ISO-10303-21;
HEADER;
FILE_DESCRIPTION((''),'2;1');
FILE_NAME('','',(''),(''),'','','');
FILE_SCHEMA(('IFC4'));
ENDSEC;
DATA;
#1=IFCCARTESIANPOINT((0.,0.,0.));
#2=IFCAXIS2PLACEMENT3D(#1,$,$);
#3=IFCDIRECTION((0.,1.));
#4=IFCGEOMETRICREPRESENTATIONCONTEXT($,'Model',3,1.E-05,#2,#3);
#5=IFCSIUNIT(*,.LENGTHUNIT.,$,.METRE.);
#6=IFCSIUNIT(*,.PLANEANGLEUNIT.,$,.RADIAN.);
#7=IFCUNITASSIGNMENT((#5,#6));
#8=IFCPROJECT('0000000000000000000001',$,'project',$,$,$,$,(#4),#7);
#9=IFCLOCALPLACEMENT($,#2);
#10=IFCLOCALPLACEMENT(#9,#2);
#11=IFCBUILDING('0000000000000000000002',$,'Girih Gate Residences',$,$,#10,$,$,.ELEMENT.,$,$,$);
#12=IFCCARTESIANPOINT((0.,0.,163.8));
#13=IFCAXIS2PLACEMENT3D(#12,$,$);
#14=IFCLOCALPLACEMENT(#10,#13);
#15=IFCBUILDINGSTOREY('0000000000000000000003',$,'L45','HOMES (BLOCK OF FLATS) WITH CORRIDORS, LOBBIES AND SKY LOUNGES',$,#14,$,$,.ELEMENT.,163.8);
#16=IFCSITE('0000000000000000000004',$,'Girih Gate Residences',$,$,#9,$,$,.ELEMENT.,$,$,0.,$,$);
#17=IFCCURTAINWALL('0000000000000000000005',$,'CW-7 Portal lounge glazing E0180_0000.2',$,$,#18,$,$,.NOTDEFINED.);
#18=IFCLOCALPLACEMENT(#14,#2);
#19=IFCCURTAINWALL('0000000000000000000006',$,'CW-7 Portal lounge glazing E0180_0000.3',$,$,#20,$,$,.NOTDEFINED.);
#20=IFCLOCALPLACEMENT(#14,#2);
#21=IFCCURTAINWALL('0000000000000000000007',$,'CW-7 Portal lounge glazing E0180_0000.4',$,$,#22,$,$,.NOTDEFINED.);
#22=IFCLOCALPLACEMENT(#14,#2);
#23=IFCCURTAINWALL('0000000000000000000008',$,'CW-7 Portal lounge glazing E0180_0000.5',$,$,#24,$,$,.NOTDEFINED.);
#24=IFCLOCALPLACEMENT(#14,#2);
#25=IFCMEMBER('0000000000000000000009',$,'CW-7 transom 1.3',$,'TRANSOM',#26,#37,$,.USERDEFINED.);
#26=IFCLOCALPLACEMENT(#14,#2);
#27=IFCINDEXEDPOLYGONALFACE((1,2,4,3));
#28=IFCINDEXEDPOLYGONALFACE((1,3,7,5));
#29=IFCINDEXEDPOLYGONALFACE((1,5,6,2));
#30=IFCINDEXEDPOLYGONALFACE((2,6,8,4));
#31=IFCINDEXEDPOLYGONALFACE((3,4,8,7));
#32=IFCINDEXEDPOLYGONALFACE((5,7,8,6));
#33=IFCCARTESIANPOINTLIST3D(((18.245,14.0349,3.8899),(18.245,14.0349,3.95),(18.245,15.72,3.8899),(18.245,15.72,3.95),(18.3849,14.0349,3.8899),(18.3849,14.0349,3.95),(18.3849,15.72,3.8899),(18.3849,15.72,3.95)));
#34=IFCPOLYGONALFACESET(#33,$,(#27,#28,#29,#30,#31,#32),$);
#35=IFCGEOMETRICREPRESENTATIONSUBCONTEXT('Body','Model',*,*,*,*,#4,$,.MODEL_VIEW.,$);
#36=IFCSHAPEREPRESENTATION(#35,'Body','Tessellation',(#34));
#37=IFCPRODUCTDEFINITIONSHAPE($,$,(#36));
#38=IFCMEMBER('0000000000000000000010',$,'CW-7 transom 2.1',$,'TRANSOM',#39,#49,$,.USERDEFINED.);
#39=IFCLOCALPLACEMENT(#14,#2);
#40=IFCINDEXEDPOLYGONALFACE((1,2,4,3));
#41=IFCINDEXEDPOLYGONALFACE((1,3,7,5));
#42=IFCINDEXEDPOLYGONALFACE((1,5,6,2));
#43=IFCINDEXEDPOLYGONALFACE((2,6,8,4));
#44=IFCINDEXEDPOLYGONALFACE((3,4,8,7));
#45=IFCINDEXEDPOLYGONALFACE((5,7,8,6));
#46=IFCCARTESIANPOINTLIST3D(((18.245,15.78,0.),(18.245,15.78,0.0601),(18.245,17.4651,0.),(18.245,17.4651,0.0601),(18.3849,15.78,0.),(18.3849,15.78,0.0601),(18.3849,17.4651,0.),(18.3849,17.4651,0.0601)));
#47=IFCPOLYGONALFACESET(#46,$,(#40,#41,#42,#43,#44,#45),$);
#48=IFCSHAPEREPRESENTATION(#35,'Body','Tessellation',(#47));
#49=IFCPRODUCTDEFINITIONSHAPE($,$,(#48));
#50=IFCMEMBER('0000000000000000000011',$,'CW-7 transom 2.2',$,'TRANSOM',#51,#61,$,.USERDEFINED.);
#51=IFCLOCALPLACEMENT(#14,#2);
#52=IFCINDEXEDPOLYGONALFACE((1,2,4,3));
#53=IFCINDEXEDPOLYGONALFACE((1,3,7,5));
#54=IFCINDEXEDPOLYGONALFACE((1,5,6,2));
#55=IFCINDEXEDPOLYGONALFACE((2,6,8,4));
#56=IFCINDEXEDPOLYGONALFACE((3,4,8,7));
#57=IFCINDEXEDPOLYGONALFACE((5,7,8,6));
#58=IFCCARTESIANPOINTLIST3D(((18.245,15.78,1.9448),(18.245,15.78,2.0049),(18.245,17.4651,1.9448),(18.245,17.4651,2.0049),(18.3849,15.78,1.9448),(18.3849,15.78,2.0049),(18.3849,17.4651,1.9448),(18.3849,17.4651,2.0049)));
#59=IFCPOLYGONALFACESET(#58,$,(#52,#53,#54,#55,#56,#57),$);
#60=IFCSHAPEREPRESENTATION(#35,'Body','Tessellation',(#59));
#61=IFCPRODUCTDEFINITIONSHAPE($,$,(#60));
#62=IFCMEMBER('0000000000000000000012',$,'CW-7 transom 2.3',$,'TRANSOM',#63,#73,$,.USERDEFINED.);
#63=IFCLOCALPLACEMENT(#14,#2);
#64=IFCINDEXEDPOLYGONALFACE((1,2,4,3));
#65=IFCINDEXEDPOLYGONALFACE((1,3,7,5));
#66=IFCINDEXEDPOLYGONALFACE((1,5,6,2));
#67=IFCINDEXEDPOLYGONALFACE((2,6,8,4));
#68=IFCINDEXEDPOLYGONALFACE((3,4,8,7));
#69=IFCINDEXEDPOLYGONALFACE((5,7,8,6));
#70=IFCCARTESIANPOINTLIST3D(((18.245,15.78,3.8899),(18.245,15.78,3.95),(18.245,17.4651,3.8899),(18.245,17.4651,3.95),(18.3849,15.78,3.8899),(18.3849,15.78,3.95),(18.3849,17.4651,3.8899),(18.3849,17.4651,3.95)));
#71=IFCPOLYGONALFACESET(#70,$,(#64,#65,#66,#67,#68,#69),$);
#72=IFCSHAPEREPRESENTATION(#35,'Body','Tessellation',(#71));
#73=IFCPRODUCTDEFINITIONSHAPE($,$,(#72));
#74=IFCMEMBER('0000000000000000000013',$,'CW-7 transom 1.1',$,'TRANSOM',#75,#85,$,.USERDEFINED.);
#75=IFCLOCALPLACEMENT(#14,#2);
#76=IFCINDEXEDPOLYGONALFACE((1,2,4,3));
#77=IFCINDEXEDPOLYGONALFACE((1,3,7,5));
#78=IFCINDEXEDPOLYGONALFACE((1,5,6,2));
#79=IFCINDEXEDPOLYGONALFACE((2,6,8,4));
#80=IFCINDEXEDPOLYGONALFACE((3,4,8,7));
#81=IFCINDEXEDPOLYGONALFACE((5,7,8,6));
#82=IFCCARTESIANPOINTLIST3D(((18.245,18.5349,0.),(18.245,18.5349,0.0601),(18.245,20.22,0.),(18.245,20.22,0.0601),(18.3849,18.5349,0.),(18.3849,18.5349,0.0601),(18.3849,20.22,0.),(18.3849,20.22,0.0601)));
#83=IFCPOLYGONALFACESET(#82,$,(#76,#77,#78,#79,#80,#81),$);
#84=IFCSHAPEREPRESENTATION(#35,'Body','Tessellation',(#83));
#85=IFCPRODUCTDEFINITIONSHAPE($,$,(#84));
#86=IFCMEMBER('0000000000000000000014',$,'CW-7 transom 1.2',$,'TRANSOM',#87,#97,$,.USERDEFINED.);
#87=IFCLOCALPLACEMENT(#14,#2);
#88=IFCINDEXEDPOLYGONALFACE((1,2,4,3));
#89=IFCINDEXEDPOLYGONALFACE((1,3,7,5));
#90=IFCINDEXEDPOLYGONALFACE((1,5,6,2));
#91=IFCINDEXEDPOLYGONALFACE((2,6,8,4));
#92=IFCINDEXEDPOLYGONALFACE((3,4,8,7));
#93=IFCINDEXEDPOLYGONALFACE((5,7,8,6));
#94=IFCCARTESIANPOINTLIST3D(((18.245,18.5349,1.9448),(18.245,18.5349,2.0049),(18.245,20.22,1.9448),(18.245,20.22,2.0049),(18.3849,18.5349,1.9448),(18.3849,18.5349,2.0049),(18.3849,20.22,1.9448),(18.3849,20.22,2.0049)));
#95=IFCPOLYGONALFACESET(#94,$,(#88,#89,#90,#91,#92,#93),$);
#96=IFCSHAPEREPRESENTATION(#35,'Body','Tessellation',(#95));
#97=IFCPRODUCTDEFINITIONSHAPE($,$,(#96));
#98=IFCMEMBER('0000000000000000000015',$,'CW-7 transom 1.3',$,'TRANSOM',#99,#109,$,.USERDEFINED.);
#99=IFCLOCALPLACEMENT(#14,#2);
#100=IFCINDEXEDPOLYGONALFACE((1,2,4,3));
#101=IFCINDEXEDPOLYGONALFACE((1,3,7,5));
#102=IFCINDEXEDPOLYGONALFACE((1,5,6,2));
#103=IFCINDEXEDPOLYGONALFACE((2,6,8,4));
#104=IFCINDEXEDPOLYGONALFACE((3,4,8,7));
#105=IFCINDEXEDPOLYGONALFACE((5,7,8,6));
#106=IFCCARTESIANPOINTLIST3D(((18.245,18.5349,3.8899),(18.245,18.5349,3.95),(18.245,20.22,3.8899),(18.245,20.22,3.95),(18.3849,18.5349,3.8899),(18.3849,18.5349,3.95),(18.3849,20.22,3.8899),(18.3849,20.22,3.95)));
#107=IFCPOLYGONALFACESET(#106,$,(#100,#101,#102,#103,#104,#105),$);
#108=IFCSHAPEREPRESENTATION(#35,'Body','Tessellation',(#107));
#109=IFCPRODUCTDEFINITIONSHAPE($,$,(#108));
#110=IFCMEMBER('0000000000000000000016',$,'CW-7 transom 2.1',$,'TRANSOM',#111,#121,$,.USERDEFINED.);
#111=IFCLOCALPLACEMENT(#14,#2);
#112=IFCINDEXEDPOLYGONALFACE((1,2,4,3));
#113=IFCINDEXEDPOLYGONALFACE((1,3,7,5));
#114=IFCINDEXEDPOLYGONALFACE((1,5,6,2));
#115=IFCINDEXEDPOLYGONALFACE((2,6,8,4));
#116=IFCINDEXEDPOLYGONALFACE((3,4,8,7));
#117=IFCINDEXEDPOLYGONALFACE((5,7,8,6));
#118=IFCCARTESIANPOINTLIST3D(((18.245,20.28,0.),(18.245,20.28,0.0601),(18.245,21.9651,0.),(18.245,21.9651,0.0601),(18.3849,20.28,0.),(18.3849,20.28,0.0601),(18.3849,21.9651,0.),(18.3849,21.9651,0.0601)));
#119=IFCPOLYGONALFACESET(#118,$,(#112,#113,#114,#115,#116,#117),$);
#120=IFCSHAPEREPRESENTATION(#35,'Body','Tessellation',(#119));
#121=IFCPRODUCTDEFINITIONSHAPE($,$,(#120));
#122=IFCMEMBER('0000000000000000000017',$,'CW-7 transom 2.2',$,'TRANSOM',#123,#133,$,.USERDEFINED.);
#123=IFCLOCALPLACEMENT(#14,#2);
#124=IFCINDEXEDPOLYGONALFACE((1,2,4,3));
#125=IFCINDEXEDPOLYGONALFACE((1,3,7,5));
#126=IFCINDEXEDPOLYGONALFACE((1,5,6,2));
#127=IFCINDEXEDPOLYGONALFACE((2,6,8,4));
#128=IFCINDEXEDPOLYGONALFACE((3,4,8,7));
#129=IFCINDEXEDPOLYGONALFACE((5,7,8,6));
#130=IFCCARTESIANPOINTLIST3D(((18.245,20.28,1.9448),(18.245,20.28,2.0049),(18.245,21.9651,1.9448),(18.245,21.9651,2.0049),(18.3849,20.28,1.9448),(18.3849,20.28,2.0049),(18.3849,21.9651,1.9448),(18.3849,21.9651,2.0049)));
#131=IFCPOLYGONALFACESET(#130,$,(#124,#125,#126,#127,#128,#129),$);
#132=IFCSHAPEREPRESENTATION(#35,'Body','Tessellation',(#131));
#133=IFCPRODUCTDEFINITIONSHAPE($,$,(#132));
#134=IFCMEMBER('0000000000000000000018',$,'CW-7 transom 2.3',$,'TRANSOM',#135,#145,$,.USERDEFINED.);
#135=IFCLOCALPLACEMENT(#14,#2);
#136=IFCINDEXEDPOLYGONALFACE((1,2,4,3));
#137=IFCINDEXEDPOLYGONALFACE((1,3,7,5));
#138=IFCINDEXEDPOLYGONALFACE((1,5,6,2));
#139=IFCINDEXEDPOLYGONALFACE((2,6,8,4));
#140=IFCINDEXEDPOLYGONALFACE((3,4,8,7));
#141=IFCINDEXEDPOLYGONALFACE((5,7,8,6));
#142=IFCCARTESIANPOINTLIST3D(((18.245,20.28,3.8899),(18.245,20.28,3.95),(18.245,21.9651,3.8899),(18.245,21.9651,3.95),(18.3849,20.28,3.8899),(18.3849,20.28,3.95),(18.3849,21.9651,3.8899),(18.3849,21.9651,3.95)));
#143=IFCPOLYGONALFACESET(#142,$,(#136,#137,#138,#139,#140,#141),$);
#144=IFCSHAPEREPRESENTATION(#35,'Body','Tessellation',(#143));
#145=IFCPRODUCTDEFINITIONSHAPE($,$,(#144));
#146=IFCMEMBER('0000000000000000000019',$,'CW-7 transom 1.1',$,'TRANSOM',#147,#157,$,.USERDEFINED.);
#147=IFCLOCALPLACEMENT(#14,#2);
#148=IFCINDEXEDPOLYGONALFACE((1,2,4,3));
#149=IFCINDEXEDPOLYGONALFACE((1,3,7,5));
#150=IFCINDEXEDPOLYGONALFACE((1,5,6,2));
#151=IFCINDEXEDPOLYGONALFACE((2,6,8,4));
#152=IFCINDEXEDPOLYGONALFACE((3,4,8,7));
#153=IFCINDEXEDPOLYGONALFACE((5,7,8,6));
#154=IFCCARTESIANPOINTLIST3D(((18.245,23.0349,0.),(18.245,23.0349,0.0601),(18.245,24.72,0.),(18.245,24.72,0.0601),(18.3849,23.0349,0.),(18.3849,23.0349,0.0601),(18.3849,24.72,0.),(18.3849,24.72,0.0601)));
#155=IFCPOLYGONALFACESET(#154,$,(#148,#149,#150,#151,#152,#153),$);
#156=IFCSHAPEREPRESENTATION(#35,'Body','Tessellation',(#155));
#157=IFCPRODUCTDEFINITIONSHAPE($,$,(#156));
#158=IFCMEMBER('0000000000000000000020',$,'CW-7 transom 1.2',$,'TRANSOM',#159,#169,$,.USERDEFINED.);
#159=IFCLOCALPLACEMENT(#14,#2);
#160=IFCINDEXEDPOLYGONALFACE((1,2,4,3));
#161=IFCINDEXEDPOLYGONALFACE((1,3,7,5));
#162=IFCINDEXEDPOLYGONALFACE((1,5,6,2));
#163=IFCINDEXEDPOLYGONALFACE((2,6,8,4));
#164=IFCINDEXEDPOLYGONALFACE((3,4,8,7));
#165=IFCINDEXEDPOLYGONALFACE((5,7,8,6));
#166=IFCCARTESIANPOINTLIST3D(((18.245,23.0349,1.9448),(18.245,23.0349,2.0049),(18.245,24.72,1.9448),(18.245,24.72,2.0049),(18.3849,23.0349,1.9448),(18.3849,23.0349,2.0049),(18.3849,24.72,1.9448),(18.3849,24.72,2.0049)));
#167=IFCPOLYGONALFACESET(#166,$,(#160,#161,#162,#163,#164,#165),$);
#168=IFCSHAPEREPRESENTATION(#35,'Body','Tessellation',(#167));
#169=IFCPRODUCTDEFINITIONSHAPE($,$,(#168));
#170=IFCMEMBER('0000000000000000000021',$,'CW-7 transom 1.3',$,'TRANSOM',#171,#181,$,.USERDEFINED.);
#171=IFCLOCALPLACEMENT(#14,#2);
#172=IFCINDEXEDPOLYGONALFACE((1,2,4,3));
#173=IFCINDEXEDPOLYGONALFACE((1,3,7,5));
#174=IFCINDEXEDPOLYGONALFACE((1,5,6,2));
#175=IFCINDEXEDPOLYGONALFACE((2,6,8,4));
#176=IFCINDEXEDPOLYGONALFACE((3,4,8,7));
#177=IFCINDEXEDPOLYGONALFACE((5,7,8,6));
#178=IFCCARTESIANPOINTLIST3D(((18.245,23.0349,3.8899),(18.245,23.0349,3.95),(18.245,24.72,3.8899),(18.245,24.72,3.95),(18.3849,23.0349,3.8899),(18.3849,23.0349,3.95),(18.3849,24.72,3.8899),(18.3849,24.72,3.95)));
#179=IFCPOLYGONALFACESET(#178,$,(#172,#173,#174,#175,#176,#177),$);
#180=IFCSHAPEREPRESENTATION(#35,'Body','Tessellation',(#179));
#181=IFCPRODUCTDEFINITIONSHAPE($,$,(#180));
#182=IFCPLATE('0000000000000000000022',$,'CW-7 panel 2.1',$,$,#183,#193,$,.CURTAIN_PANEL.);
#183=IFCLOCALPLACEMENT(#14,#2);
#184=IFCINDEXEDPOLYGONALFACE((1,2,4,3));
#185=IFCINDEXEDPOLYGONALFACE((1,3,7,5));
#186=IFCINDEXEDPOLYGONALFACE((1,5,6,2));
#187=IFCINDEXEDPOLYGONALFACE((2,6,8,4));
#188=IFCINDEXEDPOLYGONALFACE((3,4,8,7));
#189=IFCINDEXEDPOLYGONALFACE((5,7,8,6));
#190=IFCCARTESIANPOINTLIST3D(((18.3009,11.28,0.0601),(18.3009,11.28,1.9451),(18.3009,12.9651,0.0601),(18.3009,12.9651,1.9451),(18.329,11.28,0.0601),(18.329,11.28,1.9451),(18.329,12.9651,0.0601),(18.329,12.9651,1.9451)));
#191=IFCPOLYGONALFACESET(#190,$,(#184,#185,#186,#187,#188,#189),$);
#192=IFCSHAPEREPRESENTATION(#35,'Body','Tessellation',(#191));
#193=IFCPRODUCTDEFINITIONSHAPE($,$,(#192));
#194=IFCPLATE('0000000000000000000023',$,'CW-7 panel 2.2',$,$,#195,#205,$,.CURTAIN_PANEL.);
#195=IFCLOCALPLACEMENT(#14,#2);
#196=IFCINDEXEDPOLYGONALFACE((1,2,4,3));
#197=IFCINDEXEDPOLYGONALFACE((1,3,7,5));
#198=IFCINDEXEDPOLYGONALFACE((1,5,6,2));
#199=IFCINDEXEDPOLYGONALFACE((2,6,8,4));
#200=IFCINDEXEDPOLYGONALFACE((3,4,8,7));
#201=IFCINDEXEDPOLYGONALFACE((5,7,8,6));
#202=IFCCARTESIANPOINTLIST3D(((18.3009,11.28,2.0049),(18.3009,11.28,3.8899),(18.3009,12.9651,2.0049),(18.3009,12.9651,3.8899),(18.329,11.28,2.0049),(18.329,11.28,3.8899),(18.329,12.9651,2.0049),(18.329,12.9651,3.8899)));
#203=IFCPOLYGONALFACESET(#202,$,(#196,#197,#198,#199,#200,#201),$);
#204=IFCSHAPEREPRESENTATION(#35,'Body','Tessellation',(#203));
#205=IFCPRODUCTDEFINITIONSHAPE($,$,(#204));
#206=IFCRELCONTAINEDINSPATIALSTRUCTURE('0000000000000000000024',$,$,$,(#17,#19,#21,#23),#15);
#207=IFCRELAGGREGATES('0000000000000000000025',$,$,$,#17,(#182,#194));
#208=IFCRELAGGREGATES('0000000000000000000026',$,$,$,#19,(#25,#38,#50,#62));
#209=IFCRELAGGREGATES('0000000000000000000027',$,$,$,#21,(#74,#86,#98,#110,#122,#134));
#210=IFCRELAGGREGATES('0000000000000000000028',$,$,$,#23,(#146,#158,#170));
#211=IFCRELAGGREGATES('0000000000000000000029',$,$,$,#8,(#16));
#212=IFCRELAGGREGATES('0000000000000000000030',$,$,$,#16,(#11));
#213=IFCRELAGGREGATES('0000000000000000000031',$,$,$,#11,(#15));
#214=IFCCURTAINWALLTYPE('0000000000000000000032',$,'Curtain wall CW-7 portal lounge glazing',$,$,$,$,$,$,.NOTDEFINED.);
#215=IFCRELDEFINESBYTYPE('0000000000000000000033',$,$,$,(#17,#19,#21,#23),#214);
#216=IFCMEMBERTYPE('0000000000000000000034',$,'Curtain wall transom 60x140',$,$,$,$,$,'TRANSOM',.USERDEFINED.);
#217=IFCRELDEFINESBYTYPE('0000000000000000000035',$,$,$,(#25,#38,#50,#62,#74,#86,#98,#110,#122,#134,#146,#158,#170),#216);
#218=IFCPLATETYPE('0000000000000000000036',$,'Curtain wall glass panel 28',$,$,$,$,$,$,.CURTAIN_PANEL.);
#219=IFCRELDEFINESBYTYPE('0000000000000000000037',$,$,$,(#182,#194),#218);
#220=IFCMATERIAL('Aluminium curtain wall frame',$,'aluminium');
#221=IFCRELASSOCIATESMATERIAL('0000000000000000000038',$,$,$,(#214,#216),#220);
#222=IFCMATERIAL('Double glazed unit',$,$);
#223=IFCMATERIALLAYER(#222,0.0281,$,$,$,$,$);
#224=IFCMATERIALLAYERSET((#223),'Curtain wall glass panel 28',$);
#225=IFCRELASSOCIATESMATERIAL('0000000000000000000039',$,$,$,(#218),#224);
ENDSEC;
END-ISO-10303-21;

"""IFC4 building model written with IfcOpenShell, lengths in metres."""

from ifc_helpers import new_model, si_unit, direction, frame, origin, origin_2d, place, context, subcontext, project, spatial, rectangle, extrude, material, layer, layer_set, material_profile, profile_set, type_object, element, aggregate, save


model = new_model("IFC4")

# Units and contexts
model_context = context("Model", 3, precision=1e-05, world=origin(), true_north=direction((0.0, 1.0)))
body_context = subcontext(model_context, "Body", "Model", "MODEL_VIEW")
ifc_project = project(units=[si_unit("LENGTHUNIT", "METRE"), si_unit("PLANEANGLEUNIT", "RADIAN")], contexts=[model_context])

# Site, building, storey
site_placement = place(None, origin())
site = spatial("IfcSite", under=ifc_project, at=site_placement, Name="Girih Gate Residences", CompositionType="ELEMENT", RefElevation=0.0)
building_placement = place(site_placement, origin())
building = spatial("IfcBuilding", under=site, at=building_placement, Name="Girih Gate Residences", CompositionType="ELEMENT")
storey_placement = place(building_placement, frame((0.0, 0.0, 163.8)))
storey = spatial("IfcBuildingStorey", under=building, at=storey_placement, Name="L45", Description="HOMES (BLOCK OF FLATS) WITH CORRIDORS, LOBBIES AND SKY LOUNGES", CompositionType="ELEMENT", Elevation=163.8)

# Curtain walls
ifc_material_1 = material(Name="Aluminium curtain wall frame", Category="aluminium")
curtain_wall_type = type_object("IfcCurtainWallType", Name="Curtain wall CW-7 portal lounge glazing", PredefinedType="NOTDEFINED", material=ifc_material_1)
curtain_wall_1_placement = place(storey_placement, origin())
curtain_wall_1 = element("IfcCurtainWall", 1, at=curtain_wall_1_placement, inside=storey, type_object=curtain_wall_type, Name="CW-7 Portal lounge glazing E0180_0000.2", PredefinedType="NOTDEFINED")
curtain_wall_2_placement = place(storey_placement, origin())
curtain_wall_2 = element("IfcCurtainWall", 2, at=curtain_wall_2_placement, inside=storey, type_object=curtain_wall_type, Name="CW-7 Portal lounge glazing E0180_0000.3", PredefinedType="NOTDEFINED")
curtain_wall_3_placement = place(storey_placement, origin())
curtain_wall_3 = element("IfcCurtainWall", 3, at=curtain_wall_3_placement, inside=storey, type_object=curtain_wall_type, Name="CW-7 Portal lounge glazing E0180_0000.4", PredefinedType="NOTDEFINED")
curtain_wall_4_placement = place(storey_placement, origin())
curtain_wall_4 = element("IfcCurtainWall", 4, at=curtain_wall_4_placement, inside=storey, type_object=curtain_wall_type, Name="CW-7 Portal lounge glazing E0180_0000.5", PredefinedType="NOTDEFINED")

# Members
ifc_material_profile_1 = material_profile(ifc_material_1, rectangle(XDim=0.1399, YDim=0.0601, at=origin_2d()))
ifc_profile_set_1 = profile_set([ifc_material_profile_1], Name="Aluminium curtain wall frame")
member_type_1 = type_object("IfcMemberType", Name="Curtain wall transom 60x140", ElementType="TRANSOM", PredefinedType="USERDEFINED", material=ifc_profile_set_1)
member_1_placement = place(storey_placement, frame((18.3149, 14.0349, 3.9199), z_axis=(0.0, 1.0, 0.0), x_axis=(-1.0, 0.0, 0.0)))
member_1 = element("IfcMember", 5, at=member_1_placement, type_object=member_type_1, Name="CW-7 transom 1.3", ObjectType="TRANSOM", PredefinedType="USERDEFINED", context=body_context, shape_type="SweptSolid", body=[
    extrude(rectangle(XDim=0.1399, YDim=0.0601, at=origin_2d()), origin(), (0.0, 0.0, 1.0), 1.6851),
])
member_2_placement = place(storey_placement, frame((18.3149, 15.78, 0.03), z_axis=(0.0, 1.0, 0.0), x_axis=(-1.0, 0.0, 0.0)))
member_2 = element("IfcMember", 6, at=member_2_placement, type_object=member_type_1, Name="CW-7 transom 2.1", ObjectType="TRANSOM", PredefinedType="USERDEFINED", context=body_context, shape_type="SweptSolid", body=[
    extrude(rectangle(XDim=0.1399, YDim=0.0601, at=origin_2d()), origin(), (0.0, 0.0, 1.0), 1.6851),
])
member_3_placement = place(storey_placement, frame((18.3149, 15.78, 1.9749), z_axis=(0.0, 1.0, 0.0), x_axis=(-1.0, 0.0, 0.0)))
member_3 = element("IfcMember", 7, at=member_3_placement, type_object=member_type_1, Name="CW-7 transom 2.2", ObjectType="TRANSOM", PredefinedType="USERDEFINED", context=body_context, shape_type="SweptSolid", body=[
    extrude(rectangle(XDim=0.1399, YDim=0.0601, at=origin_2d()), origin(), (0.0, 0.0, 1.0), 1.6851),
])
member_4_placement = place(storey_placement, frame((18.3149, 15.78, 3.9199), z_axis=(0.0, 1.0, 0.0), x_axis=(-1.0, 0.0, 0.0)))
member_4 = element("IfcMember", 8, at=member_4_placement, type_object=member_type_1, Name="CW-7 transom 2.3", ObjectType="TRANSOM", PredefinedType="USERDEFINED", context=body_context, shape_type="SweptSolid", body=[
    extrude(rectangle(XDim=0.1399, YDim=0.0601, at=origin_2d()), origin(), (0.0, 0.0, 1.0), 1.6851),
])
member_5_placement = place(storey_placement, frame((18.3149, 18.5349, 0.03), z_axis=(0.0, 1.0, 0.0), x_axis=(-1.0, 0.0, 0.0)))
member_5 = element("IfcMember", 9, at=member_5_placement, type_object=member_type_1, Name="CW-7 transom 1.1", ObjectType="TRANSOM", PredefinedType="USERDEFINED", context=body_context, shape_type="SweptSolid", body=[
    extrude(rectangle(XDim=0.1399, YDim=0.0601, at=origin_2d()), origin(), (0.0, 0.0, 1.0), 1.6851),
])
member_6_placement = place(storey_placement, frame((18.3149, 18.5349, 1.9749), z_axis=(0.0, 1.0, 0.0), x_axis=(-1.0, 0.0, 0.0)))
member_6 = element("IfcMember", 10, at=member_6_placement, type_object=member_type_1, Name="CW-7 transom 1.2", ObjectType="TRANSOM", PredefinedType="USERDEFINED", context=body_context, shape_type="SweptSolid", body=[
    extrude(rectangle(XDim=0.1399, YDim=0.0601, at=origin_2d()), origin(), (0.0, 0.0, 1.0), 1.6851),
])
member_7_placement = place(storey_placement, frame((18.3149, 18.5349, 3.9199), z_axis=(0.0, 1.0, 0.0), x_axis=(-1.0, 0.0, 0.0)))
member_7 = element("IfcMember", 11, at=member_7_placement, type_object=member_type_1, Name="CW-7 transom 1.3", ObjectType="TRANSOM", PredefinedType="USERDEFINED", context=body_context, shape_type="SweptSolid", body=[
    extrude(rectangle(XDim=0.1399, YDim=0.0601, at=origin_2d()), origin(), (0.0, 0.0, 1.0), 1.6851),
])
member_8_placement = place(storey_placement, frame((18.3149, 20.28, 0.03), z_axis=(0.0, 1.0, 0.0), x_axis=(-1.0, 0.0, 0.0)))
member_8 = element("IfcMember", 12, at=member_8_placement, type_object=member_type_1, Name="CW-7 transom 2.1", ObjectType="TRANSOM", PredefinedType="USERDEFINED", context=body_context, shape_type="SweptSolid", body=[
    extrude(rectangle(XDim=0.1399, YDim=0.0601, at=origin_2d()), origin(), (0.0, 0.0, 1.0), 1.6851),
])
member_9_placement = place(storey_placement, frame((18.3149, 20.28, 1.9749), z_axis=(0.0, 1.0, 0.0), x_axis=(-1.0, 0.0, 0.0)))
member_9 = element("IfcMember", 13, at=member_9_placement, type_object=member_type_1, Name="CW-7 transom 2.2", ObjectType="TRANSOM", PredefinedType="USERDEFINED", context=body_context, shape_type="SweptSolid", body=[
    extrude(rectangle(XDim=0.1399, YDim=0.0601, at=origin_2d()), origin(), (0.0, 0.0, 1.0), 1.6851),
])
member_10_placement = place(storey_placement, frame((18.3149, 20.28, 3.9199), z_axis=(0.0, 1.0, 0.0), x_axis=(-1.0, 0.0, 0.0)))
member_10 = element("IfcMember", 14, at=member_10_placement, type_object=member_type_1, Name="CW-7 transom 2.3", ObjectType="TRANSOM", PredefinedType="USERDEFINED", context=body_context, shape_type="SweptSolid", body=[
    extrude(rectangle(XDim=0.1399, YDim=0.0601, at=origin_2d()), origin(), (0.0, 0.0, 1.0), 1.6851),
])
member_11_placement = place(storey_placement, frame((18.3149, 23.0349, 0.03), z_axis=(0.0, 1.0, 0.0), x_axis=(-1.0, 0.0, 0.0)))
member_11 = element("IfcMember", 15, at=member_11_placement, type_object=member_type_1, Name="CW-7 transom 1.1", ObjectType="TRANSOM", PredefinedType="USERDEFINED", context=body_context, shape_type="SweptSolid", body=[
    extrude(rectangle(XDim=0.1399, YDim=0.0601, at=origin_2d()), origin(), (0.0, 0.0, 1.0), 1.6851),
])
member_12_placement = place(storey_placement, frame((18.3149, 23.0349, 1.9749), z_axis=(0.0, 1.0, 0.0), x_axis=(-1.0, 0.0, 0.0)))
member_12 = element("IfcMember", 16, at=member_12_placement, type_object=member_type_1, Name="CW-7 transom 1.2", ObjectType="TRANSOM", PredefinedType="USERDEFINED", context=body_context, shape_type="SweptSolid", body=[
    extrude(rectangle(XDim=0.1399, YDim=0.0601, at=origin_2d()), origin(), (0.0, 0.0, 1.0), 1.6851),
])
member_13_placement = place(storey_placement, frame((18.3149, 23.0349, 3.9199), z_axis=(0.0, 1.0, 0.0), x_axis=(-1.0, 0.0, 0.0)))
member_13 = element("IfcMember", 17, at=member_13_placement, type_object=member_type_1, Name="CW-7 transom 1.3", ObjectType="TRANSOM", PredefinedType="USERDEFINED", context=body_context, shape_type="SweptSolid", body=[
    extrude(rectangle(XDim=0.1399, YDim=0.0601, at=origin_2d()), origin(), (0.0, 0.0, 1.0), 1.6851),
])

# Plates
ifc_material_2 = material(Name="Double glazed unit")
ifc_layer = layer(ifc_material_2, 0.0281)
ifc_layer_set = layer_set([ifc_layer], Name="Curtain wall glass panel 28")
plate_type = type_object("IfcPlateType", Name="Curtain wall glass panel 28", PredefinedType="CURTAIN_PANEL", material=ifc_layer_set)
plate_1_placement = place(storey_placement, frame((18.3149, 12.1226, 0.0601), z_axis=(0.0, 0.0, 1.0), x_axis=(0.0, 1.0, 0.0)))
plate_1 = element("IfcPlate", 18, at=plate_1_placement, type_object=plate_type, Name="CW-7 panel 2.1", PredefinedType="CURTAIN_PANEL", context=body_context, shape_type="SweptSolid", body=[
    extrude(rectangle(XDim=1.6851, YDim=0.0281, at=origin_2d()), origin(), (0.0, 0.0, 1.0), 1.885),
])
plate_2_placement = place(storey_placement, frame((18.3149, 12.1226, 2.0049), z_axis=(0.0, 0.0, 1.0), x_axis=(0.0, 1.0, 0.0)))
plate_2 = element("IfcPlate", 19, at=plate_2_placement, type_object=plate_type, Name="CW-7 panel 2.2", PredefinedType="CURTAIN_PANEL", context=body_context, shape_type="SweptSolid", body=[
    extrude(rectangle(XDim=1.6851, YDim=0.0281, at=origin_2d()), origin(), (0.0, 0.0, 1.0), 1.885),
])
aggregate(curtain_wall_1, [plate_1, plate_2])
aggregate(curtain_wall_2, [member_1, member_2, member_3, member_4])
aggregate(curtain_wall_3, [member_5, member_6, member_7, member_8, member_9, member_10])
aggregate(curtain_wall_4, [member_11, member_12, member_13])

save(model, "model.ifc")
